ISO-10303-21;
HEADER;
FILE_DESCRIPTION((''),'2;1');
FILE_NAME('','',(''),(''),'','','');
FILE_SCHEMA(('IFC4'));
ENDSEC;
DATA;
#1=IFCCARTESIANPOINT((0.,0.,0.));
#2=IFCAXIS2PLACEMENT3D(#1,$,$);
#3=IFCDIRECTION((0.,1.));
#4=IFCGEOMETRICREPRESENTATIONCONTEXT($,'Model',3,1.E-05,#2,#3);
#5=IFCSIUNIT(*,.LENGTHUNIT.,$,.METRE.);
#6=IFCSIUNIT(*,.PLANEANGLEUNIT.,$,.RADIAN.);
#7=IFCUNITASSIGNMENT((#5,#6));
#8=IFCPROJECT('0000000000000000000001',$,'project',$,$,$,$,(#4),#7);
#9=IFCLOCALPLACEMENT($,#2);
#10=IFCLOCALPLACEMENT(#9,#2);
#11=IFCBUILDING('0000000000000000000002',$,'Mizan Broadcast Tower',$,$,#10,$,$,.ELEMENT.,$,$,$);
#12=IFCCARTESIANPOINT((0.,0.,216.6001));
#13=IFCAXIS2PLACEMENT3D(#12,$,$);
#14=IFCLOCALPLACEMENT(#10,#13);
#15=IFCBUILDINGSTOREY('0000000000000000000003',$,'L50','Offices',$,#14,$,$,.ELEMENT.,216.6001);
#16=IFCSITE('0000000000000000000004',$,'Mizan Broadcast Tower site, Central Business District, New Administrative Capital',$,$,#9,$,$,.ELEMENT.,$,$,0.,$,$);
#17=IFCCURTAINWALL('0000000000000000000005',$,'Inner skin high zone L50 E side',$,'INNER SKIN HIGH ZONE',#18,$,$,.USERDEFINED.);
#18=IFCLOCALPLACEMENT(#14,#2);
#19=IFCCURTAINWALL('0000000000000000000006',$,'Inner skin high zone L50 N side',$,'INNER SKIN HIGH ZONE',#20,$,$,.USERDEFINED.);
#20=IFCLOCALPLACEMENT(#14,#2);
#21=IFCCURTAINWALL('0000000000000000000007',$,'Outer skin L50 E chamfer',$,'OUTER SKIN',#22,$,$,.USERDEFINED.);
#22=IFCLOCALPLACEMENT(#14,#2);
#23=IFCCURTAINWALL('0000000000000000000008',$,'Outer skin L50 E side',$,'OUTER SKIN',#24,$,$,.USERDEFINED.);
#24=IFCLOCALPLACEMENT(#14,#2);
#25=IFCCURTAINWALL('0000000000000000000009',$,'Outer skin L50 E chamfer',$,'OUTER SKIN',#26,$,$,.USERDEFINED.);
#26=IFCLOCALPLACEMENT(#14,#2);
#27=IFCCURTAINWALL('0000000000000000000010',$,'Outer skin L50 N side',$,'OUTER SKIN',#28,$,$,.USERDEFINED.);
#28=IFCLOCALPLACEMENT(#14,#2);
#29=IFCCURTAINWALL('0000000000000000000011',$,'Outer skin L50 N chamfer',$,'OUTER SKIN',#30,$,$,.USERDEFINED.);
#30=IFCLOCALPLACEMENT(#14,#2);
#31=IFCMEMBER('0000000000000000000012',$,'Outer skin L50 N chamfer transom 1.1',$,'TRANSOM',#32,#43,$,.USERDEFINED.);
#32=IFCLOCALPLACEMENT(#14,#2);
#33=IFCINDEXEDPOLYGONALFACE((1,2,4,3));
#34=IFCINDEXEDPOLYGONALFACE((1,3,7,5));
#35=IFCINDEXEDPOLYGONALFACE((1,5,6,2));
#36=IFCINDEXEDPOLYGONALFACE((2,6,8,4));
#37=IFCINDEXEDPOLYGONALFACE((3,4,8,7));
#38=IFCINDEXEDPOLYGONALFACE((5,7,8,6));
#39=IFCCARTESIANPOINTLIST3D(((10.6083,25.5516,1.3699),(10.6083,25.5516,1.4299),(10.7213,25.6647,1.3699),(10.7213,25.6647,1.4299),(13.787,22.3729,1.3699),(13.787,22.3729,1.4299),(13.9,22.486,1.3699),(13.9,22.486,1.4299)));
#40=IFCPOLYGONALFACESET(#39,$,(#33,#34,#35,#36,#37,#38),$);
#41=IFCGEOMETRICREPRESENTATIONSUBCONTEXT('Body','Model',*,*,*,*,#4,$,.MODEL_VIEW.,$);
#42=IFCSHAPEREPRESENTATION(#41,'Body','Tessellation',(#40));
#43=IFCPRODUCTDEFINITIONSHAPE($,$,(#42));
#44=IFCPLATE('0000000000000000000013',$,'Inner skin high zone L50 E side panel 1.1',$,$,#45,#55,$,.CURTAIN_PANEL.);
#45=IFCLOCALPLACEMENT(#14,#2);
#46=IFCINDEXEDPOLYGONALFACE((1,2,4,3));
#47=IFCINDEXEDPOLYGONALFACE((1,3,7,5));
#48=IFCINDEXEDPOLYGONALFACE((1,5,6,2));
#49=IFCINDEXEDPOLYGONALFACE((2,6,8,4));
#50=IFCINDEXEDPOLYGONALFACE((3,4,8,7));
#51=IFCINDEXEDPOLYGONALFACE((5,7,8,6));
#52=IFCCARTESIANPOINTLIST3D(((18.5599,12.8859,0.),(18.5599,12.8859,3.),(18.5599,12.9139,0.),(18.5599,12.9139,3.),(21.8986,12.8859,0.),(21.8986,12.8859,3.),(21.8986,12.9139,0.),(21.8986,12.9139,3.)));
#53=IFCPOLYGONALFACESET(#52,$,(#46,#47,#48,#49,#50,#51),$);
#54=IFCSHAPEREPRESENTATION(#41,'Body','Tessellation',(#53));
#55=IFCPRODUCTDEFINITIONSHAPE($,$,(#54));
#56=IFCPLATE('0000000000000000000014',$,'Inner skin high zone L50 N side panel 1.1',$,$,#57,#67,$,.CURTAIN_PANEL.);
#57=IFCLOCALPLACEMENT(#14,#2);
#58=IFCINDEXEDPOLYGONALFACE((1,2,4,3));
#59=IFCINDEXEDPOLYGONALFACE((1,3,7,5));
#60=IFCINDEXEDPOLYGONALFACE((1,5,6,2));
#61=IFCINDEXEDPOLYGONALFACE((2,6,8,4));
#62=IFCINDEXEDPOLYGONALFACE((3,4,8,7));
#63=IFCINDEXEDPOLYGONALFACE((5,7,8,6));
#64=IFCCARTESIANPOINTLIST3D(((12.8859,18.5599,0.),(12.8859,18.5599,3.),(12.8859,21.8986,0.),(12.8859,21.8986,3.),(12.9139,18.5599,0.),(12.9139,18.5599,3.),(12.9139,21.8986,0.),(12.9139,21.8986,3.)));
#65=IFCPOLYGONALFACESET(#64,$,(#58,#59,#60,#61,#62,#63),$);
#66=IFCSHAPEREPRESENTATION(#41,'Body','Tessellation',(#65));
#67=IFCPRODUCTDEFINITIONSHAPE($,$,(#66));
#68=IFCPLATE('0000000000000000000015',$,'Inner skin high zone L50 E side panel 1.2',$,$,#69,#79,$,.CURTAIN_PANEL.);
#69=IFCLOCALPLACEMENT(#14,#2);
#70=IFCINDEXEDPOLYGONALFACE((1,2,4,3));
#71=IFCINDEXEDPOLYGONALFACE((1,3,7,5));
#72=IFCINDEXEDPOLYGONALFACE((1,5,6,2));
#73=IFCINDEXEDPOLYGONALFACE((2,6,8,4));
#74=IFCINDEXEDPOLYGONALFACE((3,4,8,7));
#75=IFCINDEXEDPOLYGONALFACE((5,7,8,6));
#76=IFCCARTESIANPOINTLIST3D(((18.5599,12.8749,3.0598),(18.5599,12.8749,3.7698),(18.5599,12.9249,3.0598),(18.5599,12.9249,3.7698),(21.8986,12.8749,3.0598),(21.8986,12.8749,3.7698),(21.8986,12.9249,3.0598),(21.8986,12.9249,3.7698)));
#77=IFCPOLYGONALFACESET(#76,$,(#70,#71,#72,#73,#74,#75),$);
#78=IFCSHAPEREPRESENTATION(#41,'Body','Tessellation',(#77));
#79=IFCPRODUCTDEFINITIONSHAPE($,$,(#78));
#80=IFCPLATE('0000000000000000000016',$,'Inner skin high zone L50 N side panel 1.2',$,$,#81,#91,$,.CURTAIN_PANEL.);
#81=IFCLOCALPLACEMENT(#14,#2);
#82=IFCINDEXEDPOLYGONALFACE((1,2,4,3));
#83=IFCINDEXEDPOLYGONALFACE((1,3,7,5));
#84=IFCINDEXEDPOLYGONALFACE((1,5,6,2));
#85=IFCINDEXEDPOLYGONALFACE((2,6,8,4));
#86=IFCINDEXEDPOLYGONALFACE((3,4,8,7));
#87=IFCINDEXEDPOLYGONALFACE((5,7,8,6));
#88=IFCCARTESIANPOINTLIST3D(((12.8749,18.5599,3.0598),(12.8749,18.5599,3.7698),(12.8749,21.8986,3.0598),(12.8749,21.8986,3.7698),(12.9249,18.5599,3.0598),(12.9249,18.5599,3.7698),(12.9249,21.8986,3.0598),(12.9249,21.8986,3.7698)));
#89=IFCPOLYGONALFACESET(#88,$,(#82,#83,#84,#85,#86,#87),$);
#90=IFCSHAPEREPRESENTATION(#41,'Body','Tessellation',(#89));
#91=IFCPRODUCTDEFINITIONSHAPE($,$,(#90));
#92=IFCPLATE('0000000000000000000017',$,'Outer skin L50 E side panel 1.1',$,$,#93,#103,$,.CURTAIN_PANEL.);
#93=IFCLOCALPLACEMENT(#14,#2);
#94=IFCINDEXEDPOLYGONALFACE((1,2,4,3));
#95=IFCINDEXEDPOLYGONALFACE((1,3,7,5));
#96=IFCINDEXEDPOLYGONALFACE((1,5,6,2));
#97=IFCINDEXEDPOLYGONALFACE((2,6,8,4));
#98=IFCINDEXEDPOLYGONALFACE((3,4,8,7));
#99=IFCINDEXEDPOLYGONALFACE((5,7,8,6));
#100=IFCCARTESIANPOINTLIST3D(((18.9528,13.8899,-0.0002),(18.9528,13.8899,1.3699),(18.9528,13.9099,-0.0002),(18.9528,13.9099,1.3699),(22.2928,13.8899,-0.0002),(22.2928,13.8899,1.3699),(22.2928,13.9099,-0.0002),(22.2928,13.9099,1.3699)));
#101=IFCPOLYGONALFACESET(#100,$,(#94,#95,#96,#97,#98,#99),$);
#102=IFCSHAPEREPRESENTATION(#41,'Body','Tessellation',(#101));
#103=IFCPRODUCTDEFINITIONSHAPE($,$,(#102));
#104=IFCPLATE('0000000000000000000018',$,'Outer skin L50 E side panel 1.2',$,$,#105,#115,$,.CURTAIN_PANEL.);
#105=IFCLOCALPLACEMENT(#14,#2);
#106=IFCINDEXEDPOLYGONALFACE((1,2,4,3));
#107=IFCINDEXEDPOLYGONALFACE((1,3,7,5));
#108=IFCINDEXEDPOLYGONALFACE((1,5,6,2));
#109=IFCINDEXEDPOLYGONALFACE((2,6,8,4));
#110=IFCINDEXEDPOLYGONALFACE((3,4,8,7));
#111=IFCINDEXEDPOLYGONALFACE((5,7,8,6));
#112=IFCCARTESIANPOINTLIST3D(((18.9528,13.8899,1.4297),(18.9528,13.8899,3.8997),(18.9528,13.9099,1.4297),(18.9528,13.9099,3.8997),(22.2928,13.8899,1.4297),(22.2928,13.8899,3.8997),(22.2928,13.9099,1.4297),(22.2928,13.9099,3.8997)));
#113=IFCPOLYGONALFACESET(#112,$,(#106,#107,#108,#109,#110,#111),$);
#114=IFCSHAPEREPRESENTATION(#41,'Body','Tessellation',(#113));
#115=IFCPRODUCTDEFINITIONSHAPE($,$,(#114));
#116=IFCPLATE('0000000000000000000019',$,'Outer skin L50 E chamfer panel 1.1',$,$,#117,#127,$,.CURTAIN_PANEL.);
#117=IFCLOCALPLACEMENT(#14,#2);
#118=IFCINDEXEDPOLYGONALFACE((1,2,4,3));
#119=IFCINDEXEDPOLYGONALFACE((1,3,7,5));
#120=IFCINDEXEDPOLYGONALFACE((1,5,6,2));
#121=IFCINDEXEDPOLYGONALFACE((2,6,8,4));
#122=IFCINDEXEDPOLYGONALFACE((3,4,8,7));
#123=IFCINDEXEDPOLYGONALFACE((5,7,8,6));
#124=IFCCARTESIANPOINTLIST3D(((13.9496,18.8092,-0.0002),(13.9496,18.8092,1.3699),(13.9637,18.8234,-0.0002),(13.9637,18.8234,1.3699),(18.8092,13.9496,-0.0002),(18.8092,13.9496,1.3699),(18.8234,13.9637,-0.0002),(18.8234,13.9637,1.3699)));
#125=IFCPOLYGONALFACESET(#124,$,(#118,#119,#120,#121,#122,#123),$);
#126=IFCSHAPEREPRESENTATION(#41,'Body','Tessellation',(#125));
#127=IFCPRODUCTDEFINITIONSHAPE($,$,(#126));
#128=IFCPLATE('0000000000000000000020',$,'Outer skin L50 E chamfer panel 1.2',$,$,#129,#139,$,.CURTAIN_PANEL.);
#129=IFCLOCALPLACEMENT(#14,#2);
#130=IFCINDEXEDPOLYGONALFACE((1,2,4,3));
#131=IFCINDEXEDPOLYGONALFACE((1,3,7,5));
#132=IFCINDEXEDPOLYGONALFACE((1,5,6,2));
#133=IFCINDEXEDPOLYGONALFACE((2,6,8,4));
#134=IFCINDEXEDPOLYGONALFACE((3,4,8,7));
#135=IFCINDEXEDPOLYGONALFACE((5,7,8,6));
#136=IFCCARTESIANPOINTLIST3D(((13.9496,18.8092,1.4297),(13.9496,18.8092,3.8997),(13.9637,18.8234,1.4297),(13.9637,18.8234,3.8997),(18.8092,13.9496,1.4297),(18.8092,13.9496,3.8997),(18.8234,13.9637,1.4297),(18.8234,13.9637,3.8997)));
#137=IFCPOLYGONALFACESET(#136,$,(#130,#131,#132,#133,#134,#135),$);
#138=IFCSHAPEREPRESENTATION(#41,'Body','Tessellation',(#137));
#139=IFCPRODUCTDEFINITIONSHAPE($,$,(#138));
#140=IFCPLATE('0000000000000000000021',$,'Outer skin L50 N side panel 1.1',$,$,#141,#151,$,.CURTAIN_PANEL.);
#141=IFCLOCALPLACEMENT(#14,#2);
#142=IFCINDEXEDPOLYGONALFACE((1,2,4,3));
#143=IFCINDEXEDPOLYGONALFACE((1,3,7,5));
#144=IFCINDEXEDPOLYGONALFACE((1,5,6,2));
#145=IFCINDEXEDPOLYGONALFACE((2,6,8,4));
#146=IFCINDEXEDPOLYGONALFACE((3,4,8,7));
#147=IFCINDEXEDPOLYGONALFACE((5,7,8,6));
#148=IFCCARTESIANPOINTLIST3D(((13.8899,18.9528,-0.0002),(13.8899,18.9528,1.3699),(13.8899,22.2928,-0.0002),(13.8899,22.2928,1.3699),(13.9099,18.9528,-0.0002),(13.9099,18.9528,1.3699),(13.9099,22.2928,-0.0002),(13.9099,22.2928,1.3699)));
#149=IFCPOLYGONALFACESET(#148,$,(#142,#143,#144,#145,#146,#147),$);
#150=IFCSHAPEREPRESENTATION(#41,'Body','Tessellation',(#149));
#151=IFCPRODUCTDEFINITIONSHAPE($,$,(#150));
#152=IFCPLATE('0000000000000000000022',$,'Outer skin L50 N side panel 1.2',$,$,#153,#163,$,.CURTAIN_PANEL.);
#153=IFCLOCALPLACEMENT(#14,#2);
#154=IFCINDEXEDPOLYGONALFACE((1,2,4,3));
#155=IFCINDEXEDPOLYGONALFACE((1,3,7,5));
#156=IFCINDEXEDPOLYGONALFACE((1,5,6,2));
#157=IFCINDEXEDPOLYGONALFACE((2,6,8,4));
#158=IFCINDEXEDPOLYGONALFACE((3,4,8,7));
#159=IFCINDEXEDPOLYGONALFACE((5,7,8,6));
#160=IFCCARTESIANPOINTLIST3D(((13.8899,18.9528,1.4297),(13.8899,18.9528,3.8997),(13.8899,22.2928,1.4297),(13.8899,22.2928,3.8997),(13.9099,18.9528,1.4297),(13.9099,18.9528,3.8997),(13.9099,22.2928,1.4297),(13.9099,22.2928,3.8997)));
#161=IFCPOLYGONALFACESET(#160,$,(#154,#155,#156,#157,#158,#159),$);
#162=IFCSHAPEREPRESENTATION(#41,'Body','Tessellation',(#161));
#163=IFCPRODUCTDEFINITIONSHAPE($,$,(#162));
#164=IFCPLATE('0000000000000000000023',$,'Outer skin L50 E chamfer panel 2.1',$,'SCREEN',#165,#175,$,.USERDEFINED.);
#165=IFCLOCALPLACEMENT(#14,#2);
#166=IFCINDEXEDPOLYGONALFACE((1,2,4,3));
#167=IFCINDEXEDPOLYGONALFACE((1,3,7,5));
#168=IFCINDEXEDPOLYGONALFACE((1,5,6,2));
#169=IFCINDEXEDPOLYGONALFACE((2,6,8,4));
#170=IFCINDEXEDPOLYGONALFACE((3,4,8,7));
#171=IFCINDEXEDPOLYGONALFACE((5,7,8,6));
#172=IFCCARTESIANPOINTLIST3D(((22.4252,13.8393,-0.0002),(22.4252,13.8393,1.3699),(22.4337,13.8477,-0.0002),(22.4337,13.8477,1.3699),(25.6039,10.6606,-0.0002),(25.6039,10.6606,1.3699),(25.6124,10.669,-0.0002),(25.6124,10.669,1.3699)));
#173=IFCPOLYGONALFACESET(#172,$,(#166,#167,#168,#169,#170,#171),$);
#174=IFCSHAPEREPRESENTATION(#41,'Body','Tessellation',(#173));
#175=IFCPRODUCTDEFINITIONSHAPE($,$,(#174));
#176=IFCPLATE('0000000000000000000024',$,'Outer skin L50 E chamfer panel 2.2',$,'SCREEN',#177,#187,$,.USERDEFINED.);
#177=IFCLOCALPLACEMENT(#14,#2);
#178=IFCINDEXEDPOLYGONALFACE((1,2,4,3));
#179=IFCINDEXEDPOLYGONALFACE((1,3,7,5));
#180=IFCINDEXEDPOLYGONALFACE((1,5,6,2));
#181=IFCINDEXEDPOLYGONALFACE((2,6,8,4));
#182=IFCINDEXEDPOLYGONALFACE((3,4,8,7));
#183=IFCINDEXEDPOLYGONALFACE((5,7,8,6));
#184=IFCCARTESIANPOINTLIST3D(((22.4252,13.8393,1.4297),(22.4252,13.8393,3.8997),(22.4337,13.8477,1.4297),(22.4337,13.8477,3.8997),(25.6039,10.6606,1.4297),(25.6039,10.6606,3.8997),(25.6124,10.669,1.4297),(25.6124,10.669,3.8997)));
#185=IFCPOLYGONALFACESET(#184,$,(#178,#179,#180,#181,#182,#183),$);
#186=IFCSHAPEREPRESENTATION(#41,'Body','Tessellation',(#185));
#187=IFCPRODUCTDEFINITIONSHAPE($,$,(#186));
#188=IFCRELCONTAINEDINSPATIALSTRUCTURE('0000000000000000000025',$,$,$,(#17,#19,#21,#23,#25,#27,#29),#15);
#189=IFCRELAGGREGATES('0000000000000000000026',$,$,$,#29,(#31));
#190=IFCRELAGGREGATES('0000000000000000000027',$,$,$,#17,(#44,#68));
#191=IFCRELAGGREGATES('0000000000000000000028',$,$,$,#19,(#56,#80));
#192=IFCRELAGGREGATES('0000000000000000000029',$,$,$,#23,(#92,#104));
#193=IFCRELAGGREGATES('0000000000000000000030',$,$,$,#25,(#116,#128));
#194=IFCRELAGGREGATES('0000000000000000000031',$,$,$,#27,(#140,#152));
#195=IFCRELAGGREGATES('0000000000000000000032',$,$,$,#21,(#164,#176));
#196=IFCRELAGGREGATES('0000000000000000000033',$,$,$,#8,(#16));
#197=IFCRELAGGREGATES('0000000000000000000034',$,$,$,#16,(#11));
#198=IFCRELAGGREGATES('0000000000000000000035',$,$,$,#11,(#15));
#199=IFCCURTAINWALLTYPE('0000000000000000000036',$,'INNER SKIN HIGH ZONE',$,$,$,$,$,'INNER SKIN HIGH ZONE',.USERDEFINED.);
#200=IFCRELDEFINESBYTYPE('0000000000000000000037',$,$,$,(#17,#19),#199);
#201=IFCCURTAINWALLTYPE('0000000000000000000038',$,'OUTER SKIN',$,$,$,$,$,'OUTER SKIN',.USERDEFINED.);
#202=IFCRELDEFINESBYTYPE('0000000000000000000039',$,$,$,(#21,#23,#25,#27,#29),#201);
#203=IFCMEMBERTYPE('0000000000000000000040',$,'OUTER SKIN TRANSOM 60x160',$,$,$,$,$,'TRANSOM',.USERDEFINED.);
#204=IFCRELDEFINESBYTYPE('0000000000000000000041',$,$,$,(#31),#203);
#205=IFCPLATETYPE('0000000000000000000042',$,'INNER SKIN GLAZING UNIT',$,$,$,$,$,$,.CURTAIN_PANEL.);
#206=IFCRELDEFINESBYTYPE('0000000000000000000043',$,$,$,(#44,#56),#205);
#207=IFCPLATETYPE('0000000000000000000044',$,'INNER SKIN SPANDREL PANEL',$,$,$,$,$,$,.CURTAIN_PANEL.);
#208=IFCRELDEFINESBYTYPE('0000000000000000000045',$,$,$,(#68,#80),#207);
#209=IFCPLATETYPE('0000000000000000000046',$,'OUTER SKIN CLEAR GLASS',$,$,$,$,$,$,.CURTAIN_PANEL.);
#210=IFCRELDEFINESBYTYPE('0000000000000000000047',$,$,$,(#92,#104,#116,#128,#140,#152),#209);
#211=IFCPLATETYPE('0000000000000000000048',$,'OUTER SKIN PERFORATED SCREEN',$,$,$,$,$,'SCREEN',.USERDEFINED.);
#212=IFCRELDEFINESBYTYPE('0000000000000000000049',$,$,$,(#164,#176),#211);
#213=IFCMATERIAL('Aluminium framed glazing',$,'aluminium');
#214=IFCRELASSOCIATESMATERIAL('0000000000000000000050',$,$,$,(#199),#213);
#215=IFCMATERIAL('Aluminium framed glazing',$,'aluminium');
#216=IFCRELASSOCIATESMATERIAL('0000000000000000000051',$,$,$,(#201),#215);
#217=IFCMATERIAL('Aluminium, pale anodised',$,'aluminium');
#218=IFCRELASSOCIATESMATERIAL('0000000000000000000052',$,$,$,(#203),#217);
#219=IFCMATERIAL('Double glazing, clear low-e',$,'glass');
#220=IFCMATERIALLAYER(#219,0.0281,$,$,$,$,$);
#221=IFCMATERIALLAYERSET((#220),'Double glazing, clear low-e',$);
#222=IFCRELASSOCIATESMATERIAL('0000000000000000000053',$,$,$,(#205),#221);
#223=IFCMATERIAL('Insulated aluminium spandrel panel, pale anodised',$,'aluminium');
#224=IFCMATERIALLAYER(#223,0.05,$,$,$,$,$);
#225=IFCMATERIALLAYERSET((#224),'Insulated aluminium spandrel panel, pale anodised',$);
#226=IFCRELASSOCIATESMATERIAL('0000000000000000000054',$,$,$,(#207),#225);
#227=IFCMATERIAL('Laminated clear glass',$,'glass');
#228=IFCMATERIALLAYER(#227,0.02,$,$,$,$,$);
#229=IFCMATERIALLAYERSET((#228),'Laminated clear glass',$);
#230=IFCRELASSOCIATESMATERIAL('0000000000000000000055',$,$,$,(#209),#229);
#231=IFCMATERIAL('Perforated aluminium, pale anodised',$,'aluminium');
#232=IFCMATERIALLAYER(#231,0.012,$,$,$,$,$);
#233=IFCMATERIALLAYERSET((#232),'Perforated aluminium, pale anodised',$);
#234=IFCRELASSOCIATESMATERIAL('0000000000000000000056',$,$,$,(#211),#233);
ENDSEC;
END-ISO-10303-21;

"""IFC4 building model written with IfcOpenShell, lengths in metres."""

from ifc_helpers import new_model, si_unit, direction, frame, origin, origin_2d, place, context, subcontext, project, spatial, rectangle, extrude, material, layer, layer_set, material_profile, profile_set, type_object, element, aggregate, save


model = new_model("IFC4")

# Units and contexts
model_context = context("Model", 3, precision=1e-05, world=origin(), true_north=direction((0.0, 1.0)))
body_context = subcontext(model_context, "Body", "Model", "MODEL_VIEW")
ifc_project = project(units=[si_unit("LENGTHUNIT", "METRE"), si_unit("PLANEANGLEUNIT", "RADIAN")], contexts=[model_context])

# Site, building, storey
site_placement = place(None, origin())
site = spatial("IfcSite", under=ifc_project, at=site_placement, Name="Mizan Broadcast Tower site, Central Business District, New Administrative Capital", CompositionType="ELEMENT", RefElevation=0.0)
building_placement = place(site_placement, origin())
building = spatial("IfcBuilding", under=site, at=building_placement, Name="Mizan Broadcast Tower", CompositionType="ELEMENT")
storey_placement = place(building_placement, frame((0.0, 0.0, 216.6001)))
storey = spatial("IfcBuildingStorey", under=building, at=storey_placement, Name="L50", Description="Offices", CompositionType="ELEMENT", Elevation=216.6001)

# Curtain walls
ifc_material_1 = material(Name="Aluminium framed glazing", Category="aluminium")
curtain_wall_type_1 = type_object("IfcCurtainWallType", Name="INNER SKIN HIGH ZONE", ElementType="INNER SKIN HIGH ZONE", PredefinedType="USERDEFINED", material=ifc_material_1)
curtain_wall_1_placement = place(storey_placement, origin())
curtain_wall_1 = element("IfcCurtainWall", 1, at=curtain_wall_1_placement, inside=storey, type_object=curtain_wall_type_1, Name="Inner skin high zone L50 E side", ObjectType="INNER SKIN HIGH ZONE", PredefinedType="USERDEFINED")
curtain_wall_2_placement = place(storey_placement, origin())
curtain_wall_2 = element("IfcCurtainWall", 2, at=curtain_wall_2_placement, inside=storey, type_object=curtain_wall_type_1, Name="Inner skin high zone L50 N side", ObjectType="INNER SKIN HIGH ZONE", PredefinedType="USERDEFINED")

# Curtain walls
ifc_material_2 = material(Name="Aluminium framed glazing", Category="aluminium")
curtain_wall_type_2 = type_object("IfcCurtainWallType", Name="OUTER SKIN", ElementType="OUTER SKIN", PredefinedType="USERDEFINED", material=ifc_material_2)
curtain_wall_3_placement = place(storey_placement, origin())
curtain_wall_3 = element("IfcCurtainWall", 3, at=curtain_wall_3_placement, inside=storey, type_object=curtain_wall_type_2, Name="Outer skin L50 E chamfer", ObjectType="OUTER SKIN", PredefinedType="USERDEFINED")
curtain_wall_4_placement = place(storey_placement, origin())
curtain_wall_4 = element("IfcCurtainWall", 4, at=curtain_wall_4_placement, inside=storey, type_object=curtain_wall_type_2, Name="Outer skin L50 E side", ObjectType="OUTER SKIN", PredefinedType="USERDEFINED")
curtain_wall_5_placement = place(storey_placement, origin())
curtain_wall_5 = element("IfcCurtainWall", 5, at=curtain_wall_5_placement, inside=storey, type_object=curtain_wall_type_2, Name="Outer skin L50 E chamfer", ObjectType="OUTER SKIN", PredefinedType="USERDEFINED")
curtain_wall_6_placement = place(storey_placement, origin())
curtain_wall_6 = element("IfcCurtainWall", 6, at=curtain_wall_6_placement, inside=storey, type_object=curtain_wall_type_2, Name="Outer skin L50 N side", ObjectType="OUTER SKIN", PredefinedType="USERDEFINED")

# Shared definitions
ifc_material_3 = material(Name="Aluminium, pale anodised", Category="aluminium")
ifc_material_profile_1 = material_profile(ifc_material_3, rectangle(XDim=0.1599, YDim=0.0601, at=origin_2d()), Name="TRANSOM 160x60")
ifc_profile_set_1 = profile_set([ifc_material_profile_1], Name="Aluminium, pale anodised")
member_type_1 = type_object("IfcMemberType", Name="OUTER SKIN TRANSOM 60x160", ElementType="TRANSOM", PredefinedType="USERDEFINED", material=ifc_profile_set_1)

# Curtain wall, member
curtain_wall_7_placement = place(storey_placement, origin())
curtain_wall_7 = element("IfcCurtainWall", 7, at=curtain_wall_7_placement, inside=storey, type_object=curtain_wall_type_2, Name="Outer skin L50 N chamfer", ObjectType="OUTER SKIN", PredefinedType="USERDEFINED")
member_1_placement = place(storey_placement, frame((13.8435, 22.4294, 1.3999), z_axis=(-0.707107, 0.707107, 0.0), x_axis=(-0.707107, -0.707107, 0.0)))
member_1 = element("IfcMember", 8, at=member_1_placement, type_object=member_type_1, Name="Outer skin L50 N chamfer transom 1.1", ObjectType="TRANSOM", PredefinedType="USERDEFINED", context=body_context, shape_type="SweptSolid", body=[
    extrude(rectangle(XDim=0.1599, YDim=0.0601, at=origin_2d()), origin(), (0.0, 0.0, 1.0), 4.4954),
])
aggregate(curtain_wall_7, [member_1])

# Plates
ifc_material_4 = material(Name="Double glazing, clear low-e", Category="glass")
ifc_layer_1 = layer(ifc_material_4, 0.0281)
ifc_layer_set_1 = layer_set([ifc_layer_1], Name="Double glazing, clear low-e")
plate_type_1 = type_object("IfcPlateType", Name="INNER SKIN GLAZING UNIT", PredefinedType="CURTAIN_PANEL", material=ifc_layer_set_1)
plate_1_placement = place(storey_placement, frame((20.2292, 12.8999, 0.0), z_axis=(0.0, 0.0, 1.0), x_axis=(-1.0, 0.0, 0.0)))
plate_1 = element("IfcPlate", 9, at=plate_1_placement, type_object=plate_type_1, Name="Inner skin high zone L50 E side panel 1.1", PredefinedType="CURTAIN_PANEL", context=body_context, shape_type="SweptSolid", body=[
    extrude(rectangle(XDim=3.3386, YDim=0.0281, at=origin_2d()), origin(), (0.0, 0.0, 1.0), 3.0),
])
plate_2_placement = place(storey_placement, frame((12.8999, 20.2292, 0.0), z_axis=(0.0, 0.0, 1.0), x_axis=(0.0, 1.0, 0.0)))
plate_2 = element("IfcPlate", 10, at=plate_2_placement, type_object=plate_type_1, Name="Inner skin high zone L50 N side panel 1.1", PredefinedType="CURTAIN_PANEL", context=body_context, shape_type="SweptSolid", body=[
    extrude(rectangle(XDim=3.3386, YDim=0.0281, at=origin_2d()), origin(), (0.0, 0.0, 1.0), 3.0),
])
ifc_material_5 = material(Name="Insulated aluminium spandrel panel, pale anodised", Category="aluminium")
ifc_layer_2 = layer(ifc_material_5, 0.05)
ifc_layer_set_2 = layer_set([ifc_layer_2], Name="Insulated aluminium spandrel panel, pale anodised")
plate_type_2 = type_object("IfcPlateType", Name="INNER SKIN SPANDREL PANEL", PredefinedType="CURTAIN_PANEL", material=ifc_layer_set_2)
plate_3_placement = place(storey_placement, frame((20.2292, 12.8999, 3.0598), z_axis=(0.0, 0.0, 1.0), x_axis=(-1.0, 0.0, 0.0)))
plate_3 = element("IfcPlate", 11, at=plate_3_placement, type_object=plate_type_2, Name="Inner skin high zone L50 E side panel 1.2", PredefinedType="CURTAIN_PANEL", context=body_context, shape_type="SweptSolid", body=[
    extrude(rectangle(XDim=3.3386, YDim=0.05, at=origin_2d()), origin(), (0.0, 0.0, 1.0), 0.71),
])
aggregate(curtain_wall_1, [plate_1, plate_3])
plate_4_placement = place(storey_placement, frame((12.8999, 20.2292, 3.0598), z_axis=(0.0, 0.0, 1.0), x_axis=(0.0, 1.0, 0.0)))
plate_4 = element("IfcPlate", 12, at=plate_4_placement, type_object=plate_type_2, Name="Inner skin high zone L50 N side panel 1.2", PredefinedType="CURTAIN_PANEL", context=body_context, shape_type="SweptSolid", body=[
    extrude(rectangle(XDim=3.3386, YDim=0.05, at=origin_2d()), origin(), (0.0, 0.0, 1.0), 0.71),
])
aggregate(curtain_wall_2, [plate_2, plate_4])
ifc_material_6 = material(Name="Laminated clear glass", Category="glass")
ifc_layer_3 = layer(ifc_material_6, 0.02)
ifc_layer_set_3 = layer_set([ifc_layer_3], Name="Laminated clear glass")
plate_type_3 = type_object("IfcPlateType", Name="OUTER SKIN CLEAR GLASS", PredefinedType="CURTAIN_PANEL", material=ifc_layer_set_3)
plate_5_placement = place(storey_placement, frame((20.6228, 13.8999, -0.0002), z_axis=(0.0, 0.0, 1.0), x_axis=(-1.0, 0.0, 0.0)))
plate_5 = element("IfcPlate", 13, at=plate_5_placement, type_object=plate_type_3, Name="Outer skin L50 E side panel 1.1", PredefinedType="CURTAIN_PANEL", context=body_context, shape_type="SweptSolid", body=[
    extrude(rectangle(XDim=3.3401, YDim=0.02, at=origin_2d()), origin(), (0.0, 0.0, 1.0), 1.3701),
])
plate_6_placement = place(storey_placement, frame((20.6228, 13.8999, 1.4297), z_axis=(0.0, 0.0, 1.0), x_axis=(-1.0, 0.0, 0.0)))
plate_6 = element("IfcPlate", 14, at=plate_6_placement, type_object=plate_type_3, Name="Outer skin L50 E side panel 1.2", PredefinedType="CURTAIN_PANEL", context=body_context, shape_type="SweptSolid", body=[
    extrude(rectangle(XDim=3.3401, YDim=0.02, at=origin_2d()), origin(), (0.0, 0.0, 1.0), 2.47),
])
aggregate(curtain_wall_4, [plate_5, plate_6])
plate_7_placement = place(storey_placement, frame((16.3865, 16.3865, -0.0002), z_axis=(0.0, 0.0, 1.0), x_axis=(-0.707107, 0.707107, 0.0)))
plate_7 = element("IfcPlate", 15, at=plate_7_placement, type_object=plate_type_3, Name="Outer skin L50 E chamfer panel 1.1", PredefinedType="CURTAIN_PANEL", context=body_context, shape_type="SweptSolid", body=[
    extrude(rectangle(XDim=6.8726, YDim=0.02, at=origin_2d()), origin(), (0.0, 0.0, 1.0), 1.3701),
])
plate_8_placement = place(storey_placement, frame((16.3865, 16.3865, 1.4297), z_axis=(0.0, 0.0, 1.0), x_axis=(-0.707107, 0.707107, 0.0)))
plate_8 = element("IfcPlate", 16, at=plate_8_placement, type_object=plate_type_3, Name="Outer skin L50 E chamfer panel 1.2", PredefinedType="CURTAIN_PANEL", context=body_context, shape_type="SweptSolid", body=[
    extrude(rectangle(XDim=6.8726, YDim=0.02, at=origin_2d()), origin(), (0.0, 0.0, 1.0), 2.47),
])
aggregate(curtain_wall_5, [plate_7, plate_8])
plate_9_placement = place(storey_placement, frame((13.8999, 20.6228, -0.0002), z_axis=(0.0, 0.0, 1.0), x_axis=(0.0, 1.0, 0.0)))
plate_9 = element("IfcPlate", 17, at=plate_9_placement, type_object=plate_type_3, Name="Outer skin L50 N side panel 1.1", PredefinedType="CURTAIN_PANEL", context=body_context, shape_type="SweptSolid", body=[
    extrude(rectangle(XDim=3.3401, YDim=0.02, at=origin_2d()), origin(), (0.0, 0.0, 1.0), 1.3701),
])
plate_10_placement = place(storey_placement, frame((13.8999, 20.6228, 1.4297), z_axis=(0.0, 0.0, 1.0), x_axis=(0.0, 1.0, 0.0)))
plate_10 = element("IfcPlate", 18, at=plate_10_placement, type_object=plate_type_3, Name="Outer skin L50 N side panel 1.2", PredefinedType="CURTAIN_PANEL", context=body_context, shape_type="SweptSolid", body=[
    extrude(rectangle(XDim=3.3401, YDim=0.02, at=origin_2d()), origin(), (0.0, 0.0, 1.0), 2.47),
])
aggregate(curtain_wall_6, [plate_9, plate_10])
ifc_material_7 = material(Name="Perforated aluminium, pale anodised", Category="aluminium")
ifc_layer_4 = layer(ifc_material_7, 0.012)
ifc_layer_set_4 = layer_set([ifc_layer_4], Name="Perforated aluminium, pale anodised")
plate_type_4 = type_object("IfcPlateType", Name="OUTER SKIN PERFORATED SCREEN", ElementType="SCREEN", PredefinedType="USERDEFINED", material=ifc_layer_set_4)
plate_11_placement = place(storey_placement, frame((24.0188, 12.2542, -0.0002), z_axis=(0.0, 0.0, 1.0), x_axis=(-0.707107, 0.707107, 0.0)))
plate_11 = element("IfcPlate", 19, at=plate_11_placement, type_object=plate_type_4, Name="Outer skin L50 E chamfer panel 2.1", ObjectType="SCREEN", PredefinedType="USERDEFINED", context=body_context, shape_type="SweptSolid", body=[
    extrude(rectangle(XDim=4.4954, YDim=0.012, at=origin_2d()), origin(), (0.0, 0.0, 1.0), 1.3701),
])
plate_12_placement = place(storey_placement, frame((24.0188, 12.2542, 1.4297), z_axis=(0.0, 0.0, 1.0), x_axis=(-0.707107, 0.707107, 0.0)))
plate_12 = element("IfcPlate", 20, at=plate_12_placement, type_object=plate_type_4, Name="Outer skin L50 E chamfer panel 2.2", ObjectType="SCREEN", PredefinedType="USERDEFINED", context=body_context, shape_type="SweptSolid", body=[
    extrude(rectangle(XDim=4.4954, YDim=0.012, at=origin_2d()), origin(), (0.0, 0.0, 1.0), 2.47),
])
aggregate(curtain_wall_3, [plate_11, plate_12])

save(model, "model.ifc")
